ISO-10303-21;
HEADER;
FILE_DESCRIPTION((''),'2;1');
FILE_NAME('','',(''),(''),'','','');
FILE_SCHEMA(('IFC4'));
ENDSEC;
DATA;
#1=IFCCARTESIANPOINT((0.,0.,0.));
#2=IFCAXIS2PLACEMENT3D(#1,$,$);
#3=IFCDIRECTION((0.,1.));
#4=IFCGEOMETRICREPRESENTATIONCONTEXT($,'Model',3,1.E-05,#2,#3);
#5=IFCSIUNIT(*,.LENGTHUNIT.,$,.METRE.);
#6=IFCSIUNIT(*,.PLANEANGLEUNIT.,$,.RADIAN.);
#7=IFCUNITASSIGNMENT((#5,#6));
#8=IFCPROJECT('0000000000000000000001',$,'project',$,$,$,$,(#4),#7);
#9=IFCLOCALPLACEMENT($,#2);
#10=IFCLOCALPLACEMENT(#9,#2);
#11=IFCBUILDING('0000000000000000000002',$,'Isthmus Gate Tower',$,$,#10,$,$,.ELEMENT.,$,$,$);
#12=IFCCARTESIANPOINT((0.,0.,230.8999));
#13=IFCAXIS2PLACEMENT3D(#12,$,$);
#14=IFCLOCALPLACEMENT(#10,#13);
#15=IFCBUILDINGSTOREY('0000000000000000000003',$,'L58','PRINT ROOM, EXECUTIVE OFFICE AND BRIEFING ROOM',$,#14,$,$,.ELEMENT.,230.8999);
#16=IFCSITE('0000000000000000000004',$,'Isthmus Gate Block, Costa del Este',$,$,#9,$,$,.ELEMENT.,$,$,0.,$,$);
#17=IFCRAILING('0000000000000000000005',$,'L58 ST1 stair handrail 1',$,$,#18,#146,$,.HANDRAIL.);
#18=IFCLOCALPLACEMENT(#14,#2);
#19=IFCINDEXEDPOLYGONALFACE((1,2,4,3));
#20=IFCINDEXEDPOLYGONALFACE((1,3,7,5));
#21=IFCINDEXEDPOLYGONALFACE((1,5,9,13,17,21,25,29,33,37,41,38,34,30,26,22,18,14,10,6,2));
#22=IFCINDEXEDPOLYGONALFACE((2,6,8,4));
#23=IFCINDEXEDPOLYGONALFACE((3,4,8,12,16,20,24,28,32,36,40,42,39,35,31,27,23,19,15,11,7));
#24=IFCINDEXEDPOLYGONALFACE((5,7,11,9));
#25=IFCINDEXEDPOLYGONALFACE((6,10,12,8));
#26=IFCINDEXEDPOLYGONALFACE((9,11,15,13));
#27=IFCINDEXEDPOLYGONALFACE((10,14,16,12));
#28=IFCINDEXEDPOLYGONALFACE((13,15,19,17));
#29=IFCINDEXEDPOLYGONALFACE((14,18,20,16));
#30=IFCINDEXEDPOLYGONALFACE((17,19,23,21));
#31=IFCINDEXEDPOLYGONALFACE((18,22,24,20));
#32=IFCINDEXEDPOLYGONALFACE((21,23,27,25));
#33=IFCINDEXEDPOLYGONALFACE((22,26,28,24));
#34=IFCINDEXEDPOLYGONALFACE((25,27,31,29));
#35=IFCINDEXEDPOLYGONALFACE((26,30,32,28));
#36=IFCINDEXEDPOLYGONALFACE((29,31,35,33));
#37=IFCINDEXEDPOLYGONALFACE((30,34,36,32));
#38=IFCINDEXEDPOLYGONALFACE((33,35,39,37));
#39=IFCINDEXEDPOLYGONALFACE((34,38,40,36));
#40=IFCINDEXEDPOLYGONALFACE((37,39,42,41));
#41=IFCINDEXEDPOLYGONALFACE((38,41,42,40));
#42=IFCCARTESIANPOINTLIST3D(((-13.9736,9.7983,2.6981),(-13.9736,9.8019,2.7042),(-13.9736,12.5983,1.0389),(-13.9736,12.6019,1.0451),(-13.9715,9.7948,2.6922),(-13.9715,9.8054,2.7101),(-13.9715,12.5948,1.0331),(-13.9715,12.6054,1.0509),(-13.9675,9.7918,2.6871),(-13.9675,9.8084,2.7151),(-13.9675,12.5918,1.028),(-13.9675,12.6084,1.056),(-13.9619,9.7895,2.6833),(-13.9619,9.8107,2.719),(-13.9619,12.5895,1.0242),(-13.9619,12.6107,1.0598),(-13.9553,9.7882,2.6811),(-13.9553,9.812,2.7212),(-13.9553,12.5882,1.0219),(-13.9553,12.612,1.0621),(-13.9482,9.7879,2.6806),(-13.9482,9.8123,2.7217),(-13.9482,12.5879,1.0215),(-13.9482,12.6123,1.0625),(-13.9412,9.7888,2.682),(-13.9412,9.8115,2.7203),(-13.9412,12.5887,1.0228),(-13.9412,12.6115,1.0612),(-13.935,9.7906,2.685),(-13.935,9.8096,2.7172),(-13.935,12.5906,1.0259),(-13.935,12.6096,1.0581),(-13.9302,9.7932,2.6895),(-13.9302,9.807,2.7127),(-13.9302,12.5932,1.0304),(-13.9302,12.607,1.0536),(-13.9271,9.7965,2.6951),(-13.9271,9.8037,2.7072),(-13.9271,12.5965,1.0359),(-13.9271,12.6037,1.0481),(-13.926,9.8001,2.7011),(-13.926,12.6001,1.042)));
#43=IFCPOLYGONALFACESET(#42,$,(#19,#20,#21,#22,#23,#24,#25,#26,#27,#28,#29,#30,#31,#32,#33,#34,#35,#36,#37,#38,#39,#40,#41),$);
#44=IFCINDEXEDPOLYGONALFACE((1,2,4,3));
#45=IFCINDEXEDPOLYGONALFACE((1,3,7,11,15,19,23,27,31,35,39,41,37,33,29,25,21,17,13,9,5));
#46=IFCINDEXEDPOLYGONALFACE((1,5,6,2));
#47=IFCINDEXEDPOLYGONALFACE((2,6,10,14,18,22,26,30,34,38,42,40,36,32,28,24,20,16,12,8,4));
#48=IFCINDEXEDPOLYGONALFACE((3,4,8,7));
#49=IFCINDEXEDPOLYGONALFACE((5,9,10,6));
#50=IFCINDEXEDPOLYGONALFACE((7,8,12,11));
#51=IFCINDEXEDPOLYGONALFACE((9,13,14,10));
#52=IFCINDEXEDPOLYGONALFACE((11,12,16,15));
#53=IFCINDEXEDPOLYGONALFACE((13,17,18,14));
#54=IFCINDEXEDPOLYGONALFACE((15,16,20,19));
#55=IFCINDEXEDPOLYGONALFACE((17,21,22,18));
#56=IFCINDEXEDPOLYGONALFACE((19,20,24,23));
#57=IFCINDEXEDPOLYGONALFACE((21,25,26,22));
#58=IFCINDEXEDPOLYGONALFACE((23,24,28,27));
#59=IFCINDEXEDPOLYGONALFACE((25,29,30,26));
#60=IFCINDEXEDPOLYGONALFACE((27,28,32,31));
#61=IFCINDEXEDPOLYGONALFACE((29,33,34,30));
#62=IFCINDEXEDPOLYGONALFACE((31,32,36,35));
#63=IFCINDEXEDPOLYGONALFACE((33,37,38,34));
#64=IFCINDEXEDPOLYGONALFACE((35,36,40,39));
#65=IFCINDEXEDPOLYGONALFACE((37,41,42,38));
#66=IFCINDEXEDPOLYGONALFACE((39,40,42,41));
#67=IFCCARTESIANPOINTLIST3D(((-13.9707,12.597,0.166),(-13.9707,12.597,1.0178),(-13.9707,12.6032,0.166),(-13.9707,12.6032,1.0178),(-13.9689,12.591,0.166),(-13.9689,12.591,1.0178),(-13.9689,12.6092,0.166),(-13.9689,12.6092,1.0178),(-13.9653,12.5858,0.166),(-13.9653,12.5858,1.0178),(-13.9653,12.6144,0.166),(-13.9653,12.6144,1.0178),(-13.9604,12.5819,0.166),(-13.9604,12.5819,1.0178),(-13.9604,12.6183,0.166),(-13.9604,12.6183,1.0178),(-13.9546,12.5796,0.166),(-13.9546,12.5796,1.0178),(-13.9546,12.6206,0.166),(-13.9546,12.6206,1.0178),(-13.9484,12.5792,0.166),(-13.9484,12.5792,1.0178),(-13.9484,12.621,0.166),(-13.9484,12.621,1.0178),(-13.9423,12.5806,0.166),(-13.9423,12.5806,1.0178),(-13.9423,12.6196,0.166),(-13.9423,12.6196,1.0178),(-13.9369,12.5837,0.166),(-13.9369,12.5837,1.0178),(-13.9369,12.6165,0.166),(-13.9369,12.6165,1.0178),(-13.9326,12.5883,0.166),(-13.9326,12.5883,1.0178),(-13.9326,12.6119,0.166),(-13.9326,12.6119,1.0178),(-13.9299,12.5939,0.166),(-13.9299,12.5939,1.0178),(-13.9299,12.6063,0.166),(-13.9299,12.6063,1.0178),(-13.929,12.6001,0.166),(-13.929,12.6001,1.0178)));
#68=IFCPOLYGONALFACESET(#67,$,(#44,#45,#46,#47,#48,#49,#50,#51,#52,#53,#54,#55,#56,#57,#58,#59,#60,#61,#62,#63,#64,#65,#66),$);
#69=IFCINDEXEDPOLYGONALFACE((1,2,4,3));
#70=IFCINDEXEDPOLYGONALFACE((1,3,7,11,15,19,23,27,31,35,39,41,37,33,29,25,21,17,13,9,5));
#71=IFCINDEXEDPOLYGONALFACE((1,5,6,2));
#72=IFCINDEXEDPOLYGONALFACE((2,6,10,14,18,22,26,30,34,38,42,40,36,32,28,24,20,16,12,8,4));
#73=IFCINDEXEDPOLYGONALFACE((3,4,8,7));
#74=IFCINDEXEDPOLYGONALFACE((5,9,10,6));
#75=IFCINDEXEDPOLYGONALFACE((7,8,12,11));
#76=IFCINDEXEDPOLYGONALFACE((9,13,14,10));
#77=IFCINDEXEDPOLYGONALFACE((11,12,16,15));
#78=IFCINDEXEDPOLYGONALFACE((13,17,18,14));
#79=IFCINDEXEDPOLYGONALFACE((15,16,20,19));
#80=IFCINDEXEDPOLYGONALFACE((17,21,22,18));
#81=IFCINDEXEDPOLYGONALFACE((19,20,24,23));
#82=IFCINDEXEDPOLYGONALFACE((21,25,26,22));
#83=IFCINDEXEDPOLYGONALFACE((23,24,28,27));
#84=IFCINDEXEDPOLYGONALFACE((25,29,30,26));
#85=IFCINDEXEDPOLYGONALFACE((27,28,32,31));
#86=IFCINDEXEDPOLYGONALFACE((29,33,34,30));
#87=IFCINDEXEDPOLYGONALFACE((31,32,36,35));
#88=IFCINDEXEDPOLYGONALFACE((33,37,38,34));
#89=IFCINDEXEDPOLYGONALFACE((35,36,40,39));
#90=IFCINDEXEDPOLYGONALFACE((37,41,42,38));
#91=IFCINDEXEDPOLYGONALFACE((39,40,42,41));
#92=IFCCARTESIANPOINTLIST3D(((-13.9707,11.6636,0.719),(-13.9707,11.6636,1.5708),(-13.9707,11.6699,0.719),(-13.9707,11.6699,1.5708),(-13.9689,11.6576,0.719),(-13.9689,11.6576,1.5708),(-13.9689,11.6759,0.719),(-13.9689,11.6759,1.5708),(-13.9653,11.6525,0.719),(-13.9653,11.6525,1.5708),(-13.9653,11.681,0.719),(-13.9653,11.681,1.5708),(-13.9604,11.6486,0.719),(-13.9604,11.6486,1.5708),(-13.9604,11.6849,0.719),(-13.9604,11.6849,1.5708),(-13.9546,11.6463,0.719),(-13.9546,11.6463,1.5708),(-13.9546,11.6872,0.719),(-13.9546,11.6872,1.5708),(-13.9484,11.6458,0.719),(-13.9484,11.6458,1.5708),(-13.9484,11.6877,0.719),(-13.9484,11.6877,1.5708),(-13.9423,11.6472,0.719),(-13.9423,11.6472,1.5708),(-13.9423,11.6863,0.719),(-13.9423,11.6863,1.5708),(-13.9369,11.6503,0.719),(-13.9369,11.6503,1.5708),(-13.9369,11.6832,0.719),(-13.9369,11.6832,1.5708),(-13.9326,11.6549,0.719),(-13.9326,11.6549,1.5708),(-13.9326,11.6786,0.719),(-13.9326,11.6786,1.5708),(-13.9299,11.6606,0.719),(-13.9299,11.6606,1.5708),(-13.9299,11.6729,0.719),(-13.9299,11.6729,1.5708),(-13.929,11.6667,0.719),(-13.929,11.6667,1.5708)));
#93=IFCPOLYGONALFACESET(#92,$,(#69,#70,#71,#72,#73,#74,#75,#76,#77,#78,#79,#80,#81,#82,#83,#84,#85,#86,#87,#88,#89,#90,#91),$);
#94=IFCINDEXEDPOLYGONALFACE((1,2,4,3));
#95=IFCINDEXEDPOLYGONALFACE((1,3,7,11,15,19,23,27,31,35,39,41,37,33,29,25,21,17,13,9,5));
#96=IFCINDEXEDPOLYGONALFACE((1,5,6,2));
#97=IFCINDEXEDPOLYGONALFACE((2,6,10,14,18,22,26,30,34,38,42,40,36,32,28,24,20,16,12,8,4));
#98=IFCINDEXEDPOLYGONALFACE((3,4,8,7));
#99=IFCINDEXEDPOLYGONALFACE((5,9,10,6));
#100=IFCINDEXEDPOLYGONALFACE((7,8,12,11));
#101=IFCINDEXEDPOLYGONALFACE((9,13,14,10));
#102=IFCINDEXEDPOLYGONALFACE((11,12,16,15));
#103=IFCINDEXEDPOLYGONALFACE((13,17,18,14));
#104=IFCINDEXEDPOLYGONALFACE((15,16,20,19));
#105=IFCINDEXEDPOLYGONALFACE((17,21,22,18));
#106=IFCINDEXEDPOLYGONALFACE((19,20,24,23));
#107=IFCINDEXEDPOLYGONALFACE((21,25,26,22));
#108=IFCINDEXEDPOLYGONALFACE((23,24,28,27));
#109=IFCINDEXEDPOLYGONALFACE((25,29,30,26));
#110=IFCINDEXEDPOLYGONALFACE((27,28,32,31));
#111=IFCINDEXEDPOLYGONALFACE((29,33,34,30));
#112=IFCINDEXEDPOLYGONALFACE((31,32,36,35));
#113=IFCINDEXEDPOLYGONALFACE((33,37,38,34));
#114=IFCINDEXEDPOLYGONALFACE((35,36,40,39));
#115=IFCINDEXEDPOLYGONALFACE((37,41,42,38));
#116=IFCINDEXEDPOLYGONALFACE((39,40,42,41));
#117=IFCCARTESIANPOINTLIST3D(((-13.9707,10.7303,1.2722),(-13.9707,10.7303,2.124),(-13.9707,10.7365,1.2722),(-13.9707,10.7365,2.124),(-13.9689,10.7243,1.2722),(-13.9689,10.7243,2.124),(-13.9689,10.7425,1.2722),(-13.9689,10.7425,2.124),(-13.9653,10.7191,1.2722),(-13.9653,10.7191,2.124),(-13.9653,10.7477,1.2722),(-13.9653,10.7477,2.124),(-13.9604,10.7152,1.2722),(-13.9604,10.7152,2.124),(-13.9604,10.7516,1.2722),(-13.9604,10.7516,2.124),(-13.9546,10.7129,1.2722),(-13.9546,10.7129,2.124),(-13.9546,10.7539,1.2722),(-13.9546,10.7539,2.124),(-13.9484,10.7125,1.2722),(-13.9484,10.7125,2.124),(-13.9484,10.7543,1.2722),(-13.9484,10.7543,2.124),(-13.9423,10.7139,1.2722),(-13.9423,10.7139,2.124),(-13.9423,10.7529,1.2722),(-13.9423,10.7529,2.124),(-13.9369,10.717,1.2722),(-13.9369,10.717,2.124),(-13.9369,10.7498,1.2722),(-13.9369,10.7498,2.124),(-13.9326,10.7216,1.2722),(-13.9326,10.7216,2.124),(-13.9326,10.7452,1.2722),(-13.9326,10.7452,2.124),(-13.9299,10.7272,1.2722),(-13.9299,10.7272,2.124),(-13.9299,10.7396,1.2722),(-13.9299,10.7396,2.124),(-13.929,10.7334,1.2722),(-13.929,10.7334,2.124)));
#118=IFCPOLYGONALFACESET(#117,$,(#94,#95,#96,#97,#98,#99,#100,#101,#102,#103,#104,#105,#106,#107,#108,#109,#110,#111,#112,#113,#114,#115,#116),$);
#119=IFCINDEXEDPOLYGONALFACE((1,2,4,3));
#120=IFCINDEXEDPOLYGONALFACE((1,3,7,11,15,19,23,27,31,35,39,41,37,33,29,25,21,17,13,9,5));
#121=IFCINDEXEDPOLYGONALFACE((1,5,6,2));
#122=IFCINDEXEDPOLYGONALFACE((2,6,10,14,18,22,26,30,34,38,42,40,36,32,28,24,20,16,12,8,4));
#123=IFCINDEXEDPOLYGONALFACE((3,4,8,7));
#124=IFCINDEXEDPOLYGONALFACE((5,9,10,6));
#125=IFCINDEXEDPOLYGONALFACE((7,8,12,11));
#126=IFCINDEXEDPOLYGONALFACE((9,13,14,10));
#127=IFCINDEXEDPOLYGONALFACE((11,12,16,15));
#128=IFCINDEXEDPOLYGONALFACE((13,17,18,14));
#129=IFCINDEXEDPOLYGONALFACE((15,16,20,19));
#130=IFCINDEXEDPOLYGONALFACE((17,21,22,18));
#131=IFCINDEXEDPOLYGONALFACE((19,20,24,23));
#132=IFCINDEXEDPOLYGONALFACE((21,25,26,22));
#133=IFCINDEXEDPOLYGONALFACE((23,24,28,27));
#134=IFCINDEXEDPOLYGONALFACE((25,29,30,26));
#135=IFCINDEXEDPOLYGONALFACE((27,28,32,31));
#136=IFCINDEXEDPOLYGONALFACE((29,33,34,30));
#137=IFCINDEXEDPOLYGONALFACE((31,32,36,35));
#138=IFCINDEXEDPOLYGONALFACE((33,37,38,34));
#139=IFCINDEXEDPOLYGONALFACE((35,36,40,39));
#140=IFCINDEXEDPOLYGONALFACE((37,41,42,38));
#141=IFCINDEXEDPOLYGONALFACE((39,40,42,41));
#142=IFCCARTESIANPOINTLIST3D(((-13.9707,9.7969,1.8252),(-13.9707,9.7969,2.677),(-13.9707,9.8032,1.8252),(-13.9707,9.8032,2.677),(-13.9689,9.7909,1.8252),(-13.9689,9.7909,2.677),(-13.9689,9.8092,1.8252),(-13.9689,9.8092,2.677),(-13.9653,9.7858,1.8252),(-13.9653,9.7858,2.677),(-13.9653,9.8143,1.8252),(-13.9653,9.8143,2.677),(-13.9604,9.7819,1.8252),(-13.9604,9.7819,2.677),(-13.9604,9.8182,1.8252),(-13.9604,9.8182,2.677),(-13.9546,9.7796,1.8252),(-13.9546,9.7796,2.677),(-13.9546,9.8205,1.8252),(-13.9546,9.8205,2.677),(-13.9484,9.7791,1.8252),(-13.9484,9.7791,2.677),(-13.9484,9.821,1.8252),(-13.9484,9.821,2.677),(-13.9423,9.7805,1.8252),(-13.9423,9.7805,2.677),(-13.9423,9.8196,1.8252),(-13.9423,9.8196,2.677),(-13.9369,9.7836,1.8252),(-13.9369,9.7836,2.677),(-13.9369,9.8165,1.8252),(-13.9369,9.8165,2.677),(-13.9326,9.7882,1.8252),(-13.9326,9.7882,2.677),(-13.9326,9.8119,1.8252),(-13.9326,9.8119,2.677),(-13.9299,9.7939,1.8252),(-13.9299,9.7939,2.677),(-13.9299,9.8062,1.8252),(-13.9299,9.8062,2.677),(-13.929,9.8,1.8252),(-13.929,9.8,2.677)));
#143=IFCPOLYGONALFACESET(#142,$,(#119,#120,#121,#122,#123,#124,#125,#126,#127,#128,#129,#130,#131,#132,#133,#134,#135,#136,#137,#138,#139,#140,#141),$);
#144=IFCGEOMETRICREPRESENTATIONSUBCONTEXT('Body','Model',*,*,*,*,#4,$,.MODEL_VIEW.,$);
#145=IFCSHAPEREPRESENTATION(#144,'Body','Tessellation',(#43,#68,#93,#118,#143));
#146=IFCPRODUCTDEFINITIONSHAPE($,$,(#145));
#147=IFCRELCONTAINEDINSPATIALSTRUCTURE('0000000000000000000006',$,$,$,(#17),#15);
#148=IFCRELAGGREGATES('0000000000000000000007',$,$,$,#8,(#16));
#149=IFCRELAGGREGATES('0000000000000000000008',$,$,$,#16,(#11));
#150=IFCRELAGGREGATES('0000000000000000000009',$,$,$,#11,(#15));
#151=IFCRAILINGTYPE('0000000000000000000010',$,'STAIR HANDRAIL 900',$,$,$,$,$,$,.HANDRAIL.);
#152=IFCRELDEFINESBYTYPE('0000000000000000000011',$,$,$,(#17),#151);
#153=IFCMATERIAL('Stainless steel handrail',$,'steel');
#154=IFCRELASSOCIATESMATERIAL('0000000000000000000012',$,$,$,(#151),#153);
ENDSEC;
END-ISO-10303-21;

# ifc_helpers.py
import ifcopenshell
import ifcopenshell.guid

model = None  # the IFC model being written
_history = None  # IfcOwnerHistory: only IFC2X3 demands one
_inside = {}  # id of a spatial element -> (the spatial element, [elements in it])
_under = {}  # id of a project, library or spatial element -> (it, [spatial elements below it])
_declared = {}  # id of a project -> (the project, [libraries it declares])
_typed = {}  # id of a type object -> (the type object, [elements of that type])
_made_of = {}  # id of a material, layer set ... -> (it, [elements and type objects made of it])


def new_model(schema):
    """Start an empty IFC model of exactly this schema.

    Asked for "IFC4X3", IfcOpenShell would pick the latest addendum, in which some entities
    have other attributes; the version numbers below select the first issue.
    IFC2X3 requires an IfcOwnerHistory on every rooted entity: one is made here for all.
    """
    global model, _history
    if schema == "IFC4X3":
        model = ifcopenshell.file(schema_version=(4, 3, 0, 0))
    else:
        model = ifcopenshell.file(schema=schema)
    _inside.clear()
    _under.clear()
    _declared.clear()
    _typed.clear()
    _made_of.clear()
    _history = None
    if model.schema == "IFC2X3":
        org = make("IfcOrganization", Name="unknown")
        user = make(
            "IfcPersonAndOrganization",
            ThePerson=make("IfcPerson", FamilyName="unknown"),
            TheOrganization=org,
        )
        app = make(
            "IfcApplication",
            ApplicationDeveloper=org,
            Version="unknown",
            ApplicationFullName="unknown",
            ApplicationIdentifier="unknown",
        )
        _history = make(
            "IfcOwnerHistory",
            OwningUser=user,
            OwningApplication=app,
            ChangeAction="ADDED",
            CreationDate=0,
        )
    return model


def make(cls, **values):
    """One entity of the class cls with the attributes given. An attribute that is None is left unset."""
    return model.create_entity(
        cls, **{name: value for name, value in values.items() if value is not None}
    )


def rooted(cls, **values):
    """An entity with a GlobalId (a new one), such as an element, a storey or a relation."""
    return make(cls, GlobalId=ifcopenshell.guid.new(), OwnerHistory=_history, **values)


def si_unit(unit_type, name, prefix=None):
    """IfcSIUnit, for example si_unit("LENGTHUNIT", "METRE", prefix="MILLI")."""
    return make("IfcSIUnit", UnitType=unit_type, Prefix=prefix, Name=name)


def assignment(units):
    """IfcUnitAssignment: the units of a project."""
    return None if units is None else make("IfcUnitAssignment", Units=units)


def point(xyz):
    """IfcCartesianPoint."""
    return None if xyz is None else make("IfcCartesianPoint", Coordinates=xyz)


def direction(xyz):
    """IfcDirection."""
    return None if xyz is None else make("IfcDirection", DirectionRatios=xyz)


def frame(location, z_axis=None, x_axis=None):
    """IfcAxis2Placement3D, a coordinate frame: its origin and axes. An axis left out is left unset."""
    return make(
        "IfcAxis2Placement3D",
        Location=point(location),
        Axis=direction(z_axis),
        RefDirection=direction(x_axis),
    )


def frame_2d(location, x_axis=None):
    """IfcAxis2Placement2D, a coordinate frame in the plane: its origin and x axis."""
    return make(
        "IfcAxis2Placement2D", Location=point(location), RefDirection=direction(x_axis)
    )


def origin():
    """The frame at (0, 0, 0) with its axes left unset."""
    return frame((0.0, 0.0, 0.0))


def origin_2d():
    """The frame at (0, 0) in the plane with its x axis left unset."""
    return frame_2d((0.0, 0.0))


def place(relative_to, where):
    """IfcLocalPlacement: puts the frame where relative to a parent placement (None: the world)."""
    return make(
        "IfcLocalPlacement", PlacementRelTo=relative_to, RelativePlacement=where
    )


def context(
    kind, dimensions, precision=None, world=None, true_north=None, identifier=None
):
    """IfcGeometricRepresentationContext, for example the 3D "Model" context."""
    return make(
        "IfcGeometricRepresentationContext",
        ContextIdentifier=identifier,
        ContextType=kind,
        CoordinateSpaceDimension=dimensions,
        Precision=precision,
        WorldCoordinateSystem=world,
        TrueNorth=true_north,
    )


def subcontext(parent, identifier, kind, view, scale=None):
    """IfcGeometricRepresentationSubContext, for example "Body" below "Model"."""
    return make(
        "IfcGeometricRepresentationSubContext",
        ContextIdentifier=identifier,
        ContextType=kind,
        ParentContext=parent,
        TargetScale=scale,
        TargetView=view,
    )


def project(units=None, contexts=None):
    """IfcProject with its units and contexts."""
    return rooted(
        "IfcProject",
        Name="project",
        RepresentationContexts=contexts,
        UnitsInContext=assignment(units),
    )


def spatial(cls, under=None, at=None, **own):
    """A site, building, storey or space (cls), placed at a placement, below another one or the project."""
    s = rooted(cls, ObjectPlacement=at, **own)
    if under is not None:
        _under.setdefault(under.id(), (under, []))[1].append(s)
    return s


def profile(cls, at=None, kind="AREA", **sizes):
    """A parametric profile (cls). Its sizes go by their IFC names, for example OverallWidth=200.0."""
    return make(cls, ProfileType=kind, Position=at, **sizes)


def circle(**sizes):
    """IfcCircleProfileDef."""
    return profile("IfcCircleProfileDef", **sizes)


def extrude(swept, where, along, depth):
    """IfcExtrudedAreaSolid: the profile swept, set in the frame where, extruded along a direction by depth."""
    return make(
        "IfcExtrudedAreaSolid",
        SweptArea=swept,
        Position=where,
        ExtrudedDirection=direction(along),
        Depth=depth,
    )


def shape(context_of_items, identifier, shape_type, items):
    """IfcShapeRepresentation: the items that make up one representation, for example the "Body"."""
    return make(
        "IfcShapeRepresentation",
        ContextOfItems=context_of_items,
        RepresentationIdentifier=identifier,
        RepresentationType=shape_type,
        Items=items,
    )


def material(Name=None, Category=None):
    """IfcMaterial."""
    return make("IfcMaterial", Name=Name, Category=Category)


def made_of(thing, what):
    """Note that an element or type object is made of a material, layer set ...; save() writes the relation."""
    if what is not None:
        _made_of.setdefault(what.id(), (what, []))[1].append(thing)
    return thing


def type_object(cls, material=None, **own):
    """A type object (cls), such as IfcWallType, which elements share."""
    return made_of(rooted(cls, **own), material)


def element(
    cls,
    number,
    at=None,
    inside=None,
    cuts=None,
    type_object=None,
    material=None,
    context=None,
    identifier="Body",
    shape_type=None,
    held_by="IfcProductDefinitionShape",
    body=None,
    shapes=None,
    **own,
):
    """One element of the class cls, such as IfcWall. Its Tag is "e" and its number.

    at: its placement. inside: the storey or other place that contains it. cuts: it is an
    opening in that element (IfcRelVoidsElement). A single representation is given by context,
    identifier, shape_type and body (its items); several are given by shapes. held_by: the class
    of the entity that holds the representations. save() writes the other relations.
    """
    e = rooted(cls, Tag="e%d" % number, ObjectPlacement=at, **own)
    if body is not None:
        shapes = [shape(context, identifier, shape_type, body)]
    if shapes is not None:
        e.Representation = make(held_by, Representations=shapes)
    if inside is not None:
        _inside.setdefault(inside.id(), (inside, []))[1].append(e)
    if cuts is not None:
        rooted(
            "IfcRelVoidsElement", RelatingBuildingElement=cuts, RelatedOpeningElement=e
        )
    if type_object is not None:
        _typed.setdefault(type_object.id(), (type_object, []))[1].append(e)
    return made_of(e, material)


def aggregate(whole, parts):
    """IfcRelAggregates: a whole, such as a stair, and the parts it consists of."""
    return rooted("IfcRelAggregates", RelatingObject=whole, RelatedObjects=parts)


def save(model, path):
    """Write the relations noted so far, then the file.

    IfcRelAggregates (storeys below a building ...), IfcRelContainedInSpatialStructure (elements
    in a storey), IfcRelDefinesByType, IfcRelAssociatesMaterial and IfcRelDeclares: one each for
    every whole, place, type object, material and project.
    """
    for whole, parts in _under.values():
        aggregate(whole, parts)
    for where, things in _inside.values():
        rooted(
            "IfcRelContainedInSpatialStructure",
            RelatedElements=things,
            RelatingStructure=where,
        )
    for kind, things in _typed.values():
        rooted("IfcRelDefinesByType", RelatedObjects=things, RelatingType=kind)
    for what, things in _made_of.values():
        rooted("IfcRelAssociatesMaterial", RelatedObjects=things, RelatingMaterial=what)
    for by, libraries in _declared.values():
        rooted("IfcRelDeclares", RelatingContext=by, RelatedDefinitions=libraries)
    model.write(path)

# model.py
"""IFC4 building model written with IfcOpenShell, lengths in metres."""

from ifc_helpers import new_model, si_unit, direction, frame, origin, origin_2d, place, context, subcontext, project, spatial, circle, extrude, material, type_object, element, save


model = new_model("IFC4")

# Units and contexts
model_context = context("Model", 3, precision=1e-05, world=origin(), true_north=direction((0.0, 1.0)))
body_context = subcontext(model_context, "Body", "Model", "MODEL_VIEW")
ifc_project = project(units=[si_unit("LENGTHUNIT", "METRE"), si_unit("PLANEANGLEUNIT", "RADIAN")], contexts=[model_context])

# Site, building, storey
site_placement = place(None, origin())
site = spatial("IfcSite", under=ifc_project, at=site_placement, Name="Isthmus Gate Block, Costa del Este", CompositionType="ELEMENT", RefElevation=0.0)
building_placement = place(site_placement, origin())
building = spatial("IfcBuilding", under=site, at=building_placement, Name="Isthmus Gate Tower", CompositionType="ELEMENT")
storey_placement = place(building_placement, frame((0.0, 0.0, 230.8999)))
storey = spatial("IfcBuildingStorey", under=building, at=storey_placement, Name="L58", Description="PRINT ROOM, EXECUTIVE OFFICE AND BRIEFING ROOM", CompositionType="ELEMENT", Elevation=230.8999)

# Railing
ifc_material_1 = material(Name="Stainless steel handrail", Category="steel")
railing_type = type_object("IfcRailingType", Name="STAIR HANDRAIL 900", PredefinedType="HANDRAIL", material=ifc_material_1)
for number, where, name in (
    (1, (-13.95, 12.6001, 0.166), "L58 ST1 stair handrail 1"),
):
    element("IfcRailing", number, at=place(storey_placement, frame(where)), inside=storey, type_object=railing_type, Name=name, PredefinedType="HANDRAIL", context=body_context, shape_type="SweptSolid", body=[
        extrude(circle(Radius=0.0239, at=origin_2d()), frame((0.0, 0.0, 0.876), z_axis=(0.0, -0.860306, 0.509778), x_axis=(1.0, 0.0, 0.0)), (0.0, 0.0, 1.0), 3.2546),
        extrude(circle(Radius=0.021, at=origin_2d()), origin(), (0.0, 0.0, 1.0), 0.8518),
        extrude(circle(Radius=0.021, at=origin_2d()), frame((0.0, -0.9333, 0.553)), (0.0, 0.0, 1.0), 0.8518),
        extrude(circle(Radius=0.021, at=origin_2d()), frame((0.0, -1.8667, 1.1062)), (0.0, 0.0, 1.0), 0.8518),
        extrude(circle(Radius=0.021, at=origin_2d()), frame((0.0, -2.8, 1.6592)), (0.0, 0.0, 1.0), 0.8518),
    ])

save(model, "model.ifc")
